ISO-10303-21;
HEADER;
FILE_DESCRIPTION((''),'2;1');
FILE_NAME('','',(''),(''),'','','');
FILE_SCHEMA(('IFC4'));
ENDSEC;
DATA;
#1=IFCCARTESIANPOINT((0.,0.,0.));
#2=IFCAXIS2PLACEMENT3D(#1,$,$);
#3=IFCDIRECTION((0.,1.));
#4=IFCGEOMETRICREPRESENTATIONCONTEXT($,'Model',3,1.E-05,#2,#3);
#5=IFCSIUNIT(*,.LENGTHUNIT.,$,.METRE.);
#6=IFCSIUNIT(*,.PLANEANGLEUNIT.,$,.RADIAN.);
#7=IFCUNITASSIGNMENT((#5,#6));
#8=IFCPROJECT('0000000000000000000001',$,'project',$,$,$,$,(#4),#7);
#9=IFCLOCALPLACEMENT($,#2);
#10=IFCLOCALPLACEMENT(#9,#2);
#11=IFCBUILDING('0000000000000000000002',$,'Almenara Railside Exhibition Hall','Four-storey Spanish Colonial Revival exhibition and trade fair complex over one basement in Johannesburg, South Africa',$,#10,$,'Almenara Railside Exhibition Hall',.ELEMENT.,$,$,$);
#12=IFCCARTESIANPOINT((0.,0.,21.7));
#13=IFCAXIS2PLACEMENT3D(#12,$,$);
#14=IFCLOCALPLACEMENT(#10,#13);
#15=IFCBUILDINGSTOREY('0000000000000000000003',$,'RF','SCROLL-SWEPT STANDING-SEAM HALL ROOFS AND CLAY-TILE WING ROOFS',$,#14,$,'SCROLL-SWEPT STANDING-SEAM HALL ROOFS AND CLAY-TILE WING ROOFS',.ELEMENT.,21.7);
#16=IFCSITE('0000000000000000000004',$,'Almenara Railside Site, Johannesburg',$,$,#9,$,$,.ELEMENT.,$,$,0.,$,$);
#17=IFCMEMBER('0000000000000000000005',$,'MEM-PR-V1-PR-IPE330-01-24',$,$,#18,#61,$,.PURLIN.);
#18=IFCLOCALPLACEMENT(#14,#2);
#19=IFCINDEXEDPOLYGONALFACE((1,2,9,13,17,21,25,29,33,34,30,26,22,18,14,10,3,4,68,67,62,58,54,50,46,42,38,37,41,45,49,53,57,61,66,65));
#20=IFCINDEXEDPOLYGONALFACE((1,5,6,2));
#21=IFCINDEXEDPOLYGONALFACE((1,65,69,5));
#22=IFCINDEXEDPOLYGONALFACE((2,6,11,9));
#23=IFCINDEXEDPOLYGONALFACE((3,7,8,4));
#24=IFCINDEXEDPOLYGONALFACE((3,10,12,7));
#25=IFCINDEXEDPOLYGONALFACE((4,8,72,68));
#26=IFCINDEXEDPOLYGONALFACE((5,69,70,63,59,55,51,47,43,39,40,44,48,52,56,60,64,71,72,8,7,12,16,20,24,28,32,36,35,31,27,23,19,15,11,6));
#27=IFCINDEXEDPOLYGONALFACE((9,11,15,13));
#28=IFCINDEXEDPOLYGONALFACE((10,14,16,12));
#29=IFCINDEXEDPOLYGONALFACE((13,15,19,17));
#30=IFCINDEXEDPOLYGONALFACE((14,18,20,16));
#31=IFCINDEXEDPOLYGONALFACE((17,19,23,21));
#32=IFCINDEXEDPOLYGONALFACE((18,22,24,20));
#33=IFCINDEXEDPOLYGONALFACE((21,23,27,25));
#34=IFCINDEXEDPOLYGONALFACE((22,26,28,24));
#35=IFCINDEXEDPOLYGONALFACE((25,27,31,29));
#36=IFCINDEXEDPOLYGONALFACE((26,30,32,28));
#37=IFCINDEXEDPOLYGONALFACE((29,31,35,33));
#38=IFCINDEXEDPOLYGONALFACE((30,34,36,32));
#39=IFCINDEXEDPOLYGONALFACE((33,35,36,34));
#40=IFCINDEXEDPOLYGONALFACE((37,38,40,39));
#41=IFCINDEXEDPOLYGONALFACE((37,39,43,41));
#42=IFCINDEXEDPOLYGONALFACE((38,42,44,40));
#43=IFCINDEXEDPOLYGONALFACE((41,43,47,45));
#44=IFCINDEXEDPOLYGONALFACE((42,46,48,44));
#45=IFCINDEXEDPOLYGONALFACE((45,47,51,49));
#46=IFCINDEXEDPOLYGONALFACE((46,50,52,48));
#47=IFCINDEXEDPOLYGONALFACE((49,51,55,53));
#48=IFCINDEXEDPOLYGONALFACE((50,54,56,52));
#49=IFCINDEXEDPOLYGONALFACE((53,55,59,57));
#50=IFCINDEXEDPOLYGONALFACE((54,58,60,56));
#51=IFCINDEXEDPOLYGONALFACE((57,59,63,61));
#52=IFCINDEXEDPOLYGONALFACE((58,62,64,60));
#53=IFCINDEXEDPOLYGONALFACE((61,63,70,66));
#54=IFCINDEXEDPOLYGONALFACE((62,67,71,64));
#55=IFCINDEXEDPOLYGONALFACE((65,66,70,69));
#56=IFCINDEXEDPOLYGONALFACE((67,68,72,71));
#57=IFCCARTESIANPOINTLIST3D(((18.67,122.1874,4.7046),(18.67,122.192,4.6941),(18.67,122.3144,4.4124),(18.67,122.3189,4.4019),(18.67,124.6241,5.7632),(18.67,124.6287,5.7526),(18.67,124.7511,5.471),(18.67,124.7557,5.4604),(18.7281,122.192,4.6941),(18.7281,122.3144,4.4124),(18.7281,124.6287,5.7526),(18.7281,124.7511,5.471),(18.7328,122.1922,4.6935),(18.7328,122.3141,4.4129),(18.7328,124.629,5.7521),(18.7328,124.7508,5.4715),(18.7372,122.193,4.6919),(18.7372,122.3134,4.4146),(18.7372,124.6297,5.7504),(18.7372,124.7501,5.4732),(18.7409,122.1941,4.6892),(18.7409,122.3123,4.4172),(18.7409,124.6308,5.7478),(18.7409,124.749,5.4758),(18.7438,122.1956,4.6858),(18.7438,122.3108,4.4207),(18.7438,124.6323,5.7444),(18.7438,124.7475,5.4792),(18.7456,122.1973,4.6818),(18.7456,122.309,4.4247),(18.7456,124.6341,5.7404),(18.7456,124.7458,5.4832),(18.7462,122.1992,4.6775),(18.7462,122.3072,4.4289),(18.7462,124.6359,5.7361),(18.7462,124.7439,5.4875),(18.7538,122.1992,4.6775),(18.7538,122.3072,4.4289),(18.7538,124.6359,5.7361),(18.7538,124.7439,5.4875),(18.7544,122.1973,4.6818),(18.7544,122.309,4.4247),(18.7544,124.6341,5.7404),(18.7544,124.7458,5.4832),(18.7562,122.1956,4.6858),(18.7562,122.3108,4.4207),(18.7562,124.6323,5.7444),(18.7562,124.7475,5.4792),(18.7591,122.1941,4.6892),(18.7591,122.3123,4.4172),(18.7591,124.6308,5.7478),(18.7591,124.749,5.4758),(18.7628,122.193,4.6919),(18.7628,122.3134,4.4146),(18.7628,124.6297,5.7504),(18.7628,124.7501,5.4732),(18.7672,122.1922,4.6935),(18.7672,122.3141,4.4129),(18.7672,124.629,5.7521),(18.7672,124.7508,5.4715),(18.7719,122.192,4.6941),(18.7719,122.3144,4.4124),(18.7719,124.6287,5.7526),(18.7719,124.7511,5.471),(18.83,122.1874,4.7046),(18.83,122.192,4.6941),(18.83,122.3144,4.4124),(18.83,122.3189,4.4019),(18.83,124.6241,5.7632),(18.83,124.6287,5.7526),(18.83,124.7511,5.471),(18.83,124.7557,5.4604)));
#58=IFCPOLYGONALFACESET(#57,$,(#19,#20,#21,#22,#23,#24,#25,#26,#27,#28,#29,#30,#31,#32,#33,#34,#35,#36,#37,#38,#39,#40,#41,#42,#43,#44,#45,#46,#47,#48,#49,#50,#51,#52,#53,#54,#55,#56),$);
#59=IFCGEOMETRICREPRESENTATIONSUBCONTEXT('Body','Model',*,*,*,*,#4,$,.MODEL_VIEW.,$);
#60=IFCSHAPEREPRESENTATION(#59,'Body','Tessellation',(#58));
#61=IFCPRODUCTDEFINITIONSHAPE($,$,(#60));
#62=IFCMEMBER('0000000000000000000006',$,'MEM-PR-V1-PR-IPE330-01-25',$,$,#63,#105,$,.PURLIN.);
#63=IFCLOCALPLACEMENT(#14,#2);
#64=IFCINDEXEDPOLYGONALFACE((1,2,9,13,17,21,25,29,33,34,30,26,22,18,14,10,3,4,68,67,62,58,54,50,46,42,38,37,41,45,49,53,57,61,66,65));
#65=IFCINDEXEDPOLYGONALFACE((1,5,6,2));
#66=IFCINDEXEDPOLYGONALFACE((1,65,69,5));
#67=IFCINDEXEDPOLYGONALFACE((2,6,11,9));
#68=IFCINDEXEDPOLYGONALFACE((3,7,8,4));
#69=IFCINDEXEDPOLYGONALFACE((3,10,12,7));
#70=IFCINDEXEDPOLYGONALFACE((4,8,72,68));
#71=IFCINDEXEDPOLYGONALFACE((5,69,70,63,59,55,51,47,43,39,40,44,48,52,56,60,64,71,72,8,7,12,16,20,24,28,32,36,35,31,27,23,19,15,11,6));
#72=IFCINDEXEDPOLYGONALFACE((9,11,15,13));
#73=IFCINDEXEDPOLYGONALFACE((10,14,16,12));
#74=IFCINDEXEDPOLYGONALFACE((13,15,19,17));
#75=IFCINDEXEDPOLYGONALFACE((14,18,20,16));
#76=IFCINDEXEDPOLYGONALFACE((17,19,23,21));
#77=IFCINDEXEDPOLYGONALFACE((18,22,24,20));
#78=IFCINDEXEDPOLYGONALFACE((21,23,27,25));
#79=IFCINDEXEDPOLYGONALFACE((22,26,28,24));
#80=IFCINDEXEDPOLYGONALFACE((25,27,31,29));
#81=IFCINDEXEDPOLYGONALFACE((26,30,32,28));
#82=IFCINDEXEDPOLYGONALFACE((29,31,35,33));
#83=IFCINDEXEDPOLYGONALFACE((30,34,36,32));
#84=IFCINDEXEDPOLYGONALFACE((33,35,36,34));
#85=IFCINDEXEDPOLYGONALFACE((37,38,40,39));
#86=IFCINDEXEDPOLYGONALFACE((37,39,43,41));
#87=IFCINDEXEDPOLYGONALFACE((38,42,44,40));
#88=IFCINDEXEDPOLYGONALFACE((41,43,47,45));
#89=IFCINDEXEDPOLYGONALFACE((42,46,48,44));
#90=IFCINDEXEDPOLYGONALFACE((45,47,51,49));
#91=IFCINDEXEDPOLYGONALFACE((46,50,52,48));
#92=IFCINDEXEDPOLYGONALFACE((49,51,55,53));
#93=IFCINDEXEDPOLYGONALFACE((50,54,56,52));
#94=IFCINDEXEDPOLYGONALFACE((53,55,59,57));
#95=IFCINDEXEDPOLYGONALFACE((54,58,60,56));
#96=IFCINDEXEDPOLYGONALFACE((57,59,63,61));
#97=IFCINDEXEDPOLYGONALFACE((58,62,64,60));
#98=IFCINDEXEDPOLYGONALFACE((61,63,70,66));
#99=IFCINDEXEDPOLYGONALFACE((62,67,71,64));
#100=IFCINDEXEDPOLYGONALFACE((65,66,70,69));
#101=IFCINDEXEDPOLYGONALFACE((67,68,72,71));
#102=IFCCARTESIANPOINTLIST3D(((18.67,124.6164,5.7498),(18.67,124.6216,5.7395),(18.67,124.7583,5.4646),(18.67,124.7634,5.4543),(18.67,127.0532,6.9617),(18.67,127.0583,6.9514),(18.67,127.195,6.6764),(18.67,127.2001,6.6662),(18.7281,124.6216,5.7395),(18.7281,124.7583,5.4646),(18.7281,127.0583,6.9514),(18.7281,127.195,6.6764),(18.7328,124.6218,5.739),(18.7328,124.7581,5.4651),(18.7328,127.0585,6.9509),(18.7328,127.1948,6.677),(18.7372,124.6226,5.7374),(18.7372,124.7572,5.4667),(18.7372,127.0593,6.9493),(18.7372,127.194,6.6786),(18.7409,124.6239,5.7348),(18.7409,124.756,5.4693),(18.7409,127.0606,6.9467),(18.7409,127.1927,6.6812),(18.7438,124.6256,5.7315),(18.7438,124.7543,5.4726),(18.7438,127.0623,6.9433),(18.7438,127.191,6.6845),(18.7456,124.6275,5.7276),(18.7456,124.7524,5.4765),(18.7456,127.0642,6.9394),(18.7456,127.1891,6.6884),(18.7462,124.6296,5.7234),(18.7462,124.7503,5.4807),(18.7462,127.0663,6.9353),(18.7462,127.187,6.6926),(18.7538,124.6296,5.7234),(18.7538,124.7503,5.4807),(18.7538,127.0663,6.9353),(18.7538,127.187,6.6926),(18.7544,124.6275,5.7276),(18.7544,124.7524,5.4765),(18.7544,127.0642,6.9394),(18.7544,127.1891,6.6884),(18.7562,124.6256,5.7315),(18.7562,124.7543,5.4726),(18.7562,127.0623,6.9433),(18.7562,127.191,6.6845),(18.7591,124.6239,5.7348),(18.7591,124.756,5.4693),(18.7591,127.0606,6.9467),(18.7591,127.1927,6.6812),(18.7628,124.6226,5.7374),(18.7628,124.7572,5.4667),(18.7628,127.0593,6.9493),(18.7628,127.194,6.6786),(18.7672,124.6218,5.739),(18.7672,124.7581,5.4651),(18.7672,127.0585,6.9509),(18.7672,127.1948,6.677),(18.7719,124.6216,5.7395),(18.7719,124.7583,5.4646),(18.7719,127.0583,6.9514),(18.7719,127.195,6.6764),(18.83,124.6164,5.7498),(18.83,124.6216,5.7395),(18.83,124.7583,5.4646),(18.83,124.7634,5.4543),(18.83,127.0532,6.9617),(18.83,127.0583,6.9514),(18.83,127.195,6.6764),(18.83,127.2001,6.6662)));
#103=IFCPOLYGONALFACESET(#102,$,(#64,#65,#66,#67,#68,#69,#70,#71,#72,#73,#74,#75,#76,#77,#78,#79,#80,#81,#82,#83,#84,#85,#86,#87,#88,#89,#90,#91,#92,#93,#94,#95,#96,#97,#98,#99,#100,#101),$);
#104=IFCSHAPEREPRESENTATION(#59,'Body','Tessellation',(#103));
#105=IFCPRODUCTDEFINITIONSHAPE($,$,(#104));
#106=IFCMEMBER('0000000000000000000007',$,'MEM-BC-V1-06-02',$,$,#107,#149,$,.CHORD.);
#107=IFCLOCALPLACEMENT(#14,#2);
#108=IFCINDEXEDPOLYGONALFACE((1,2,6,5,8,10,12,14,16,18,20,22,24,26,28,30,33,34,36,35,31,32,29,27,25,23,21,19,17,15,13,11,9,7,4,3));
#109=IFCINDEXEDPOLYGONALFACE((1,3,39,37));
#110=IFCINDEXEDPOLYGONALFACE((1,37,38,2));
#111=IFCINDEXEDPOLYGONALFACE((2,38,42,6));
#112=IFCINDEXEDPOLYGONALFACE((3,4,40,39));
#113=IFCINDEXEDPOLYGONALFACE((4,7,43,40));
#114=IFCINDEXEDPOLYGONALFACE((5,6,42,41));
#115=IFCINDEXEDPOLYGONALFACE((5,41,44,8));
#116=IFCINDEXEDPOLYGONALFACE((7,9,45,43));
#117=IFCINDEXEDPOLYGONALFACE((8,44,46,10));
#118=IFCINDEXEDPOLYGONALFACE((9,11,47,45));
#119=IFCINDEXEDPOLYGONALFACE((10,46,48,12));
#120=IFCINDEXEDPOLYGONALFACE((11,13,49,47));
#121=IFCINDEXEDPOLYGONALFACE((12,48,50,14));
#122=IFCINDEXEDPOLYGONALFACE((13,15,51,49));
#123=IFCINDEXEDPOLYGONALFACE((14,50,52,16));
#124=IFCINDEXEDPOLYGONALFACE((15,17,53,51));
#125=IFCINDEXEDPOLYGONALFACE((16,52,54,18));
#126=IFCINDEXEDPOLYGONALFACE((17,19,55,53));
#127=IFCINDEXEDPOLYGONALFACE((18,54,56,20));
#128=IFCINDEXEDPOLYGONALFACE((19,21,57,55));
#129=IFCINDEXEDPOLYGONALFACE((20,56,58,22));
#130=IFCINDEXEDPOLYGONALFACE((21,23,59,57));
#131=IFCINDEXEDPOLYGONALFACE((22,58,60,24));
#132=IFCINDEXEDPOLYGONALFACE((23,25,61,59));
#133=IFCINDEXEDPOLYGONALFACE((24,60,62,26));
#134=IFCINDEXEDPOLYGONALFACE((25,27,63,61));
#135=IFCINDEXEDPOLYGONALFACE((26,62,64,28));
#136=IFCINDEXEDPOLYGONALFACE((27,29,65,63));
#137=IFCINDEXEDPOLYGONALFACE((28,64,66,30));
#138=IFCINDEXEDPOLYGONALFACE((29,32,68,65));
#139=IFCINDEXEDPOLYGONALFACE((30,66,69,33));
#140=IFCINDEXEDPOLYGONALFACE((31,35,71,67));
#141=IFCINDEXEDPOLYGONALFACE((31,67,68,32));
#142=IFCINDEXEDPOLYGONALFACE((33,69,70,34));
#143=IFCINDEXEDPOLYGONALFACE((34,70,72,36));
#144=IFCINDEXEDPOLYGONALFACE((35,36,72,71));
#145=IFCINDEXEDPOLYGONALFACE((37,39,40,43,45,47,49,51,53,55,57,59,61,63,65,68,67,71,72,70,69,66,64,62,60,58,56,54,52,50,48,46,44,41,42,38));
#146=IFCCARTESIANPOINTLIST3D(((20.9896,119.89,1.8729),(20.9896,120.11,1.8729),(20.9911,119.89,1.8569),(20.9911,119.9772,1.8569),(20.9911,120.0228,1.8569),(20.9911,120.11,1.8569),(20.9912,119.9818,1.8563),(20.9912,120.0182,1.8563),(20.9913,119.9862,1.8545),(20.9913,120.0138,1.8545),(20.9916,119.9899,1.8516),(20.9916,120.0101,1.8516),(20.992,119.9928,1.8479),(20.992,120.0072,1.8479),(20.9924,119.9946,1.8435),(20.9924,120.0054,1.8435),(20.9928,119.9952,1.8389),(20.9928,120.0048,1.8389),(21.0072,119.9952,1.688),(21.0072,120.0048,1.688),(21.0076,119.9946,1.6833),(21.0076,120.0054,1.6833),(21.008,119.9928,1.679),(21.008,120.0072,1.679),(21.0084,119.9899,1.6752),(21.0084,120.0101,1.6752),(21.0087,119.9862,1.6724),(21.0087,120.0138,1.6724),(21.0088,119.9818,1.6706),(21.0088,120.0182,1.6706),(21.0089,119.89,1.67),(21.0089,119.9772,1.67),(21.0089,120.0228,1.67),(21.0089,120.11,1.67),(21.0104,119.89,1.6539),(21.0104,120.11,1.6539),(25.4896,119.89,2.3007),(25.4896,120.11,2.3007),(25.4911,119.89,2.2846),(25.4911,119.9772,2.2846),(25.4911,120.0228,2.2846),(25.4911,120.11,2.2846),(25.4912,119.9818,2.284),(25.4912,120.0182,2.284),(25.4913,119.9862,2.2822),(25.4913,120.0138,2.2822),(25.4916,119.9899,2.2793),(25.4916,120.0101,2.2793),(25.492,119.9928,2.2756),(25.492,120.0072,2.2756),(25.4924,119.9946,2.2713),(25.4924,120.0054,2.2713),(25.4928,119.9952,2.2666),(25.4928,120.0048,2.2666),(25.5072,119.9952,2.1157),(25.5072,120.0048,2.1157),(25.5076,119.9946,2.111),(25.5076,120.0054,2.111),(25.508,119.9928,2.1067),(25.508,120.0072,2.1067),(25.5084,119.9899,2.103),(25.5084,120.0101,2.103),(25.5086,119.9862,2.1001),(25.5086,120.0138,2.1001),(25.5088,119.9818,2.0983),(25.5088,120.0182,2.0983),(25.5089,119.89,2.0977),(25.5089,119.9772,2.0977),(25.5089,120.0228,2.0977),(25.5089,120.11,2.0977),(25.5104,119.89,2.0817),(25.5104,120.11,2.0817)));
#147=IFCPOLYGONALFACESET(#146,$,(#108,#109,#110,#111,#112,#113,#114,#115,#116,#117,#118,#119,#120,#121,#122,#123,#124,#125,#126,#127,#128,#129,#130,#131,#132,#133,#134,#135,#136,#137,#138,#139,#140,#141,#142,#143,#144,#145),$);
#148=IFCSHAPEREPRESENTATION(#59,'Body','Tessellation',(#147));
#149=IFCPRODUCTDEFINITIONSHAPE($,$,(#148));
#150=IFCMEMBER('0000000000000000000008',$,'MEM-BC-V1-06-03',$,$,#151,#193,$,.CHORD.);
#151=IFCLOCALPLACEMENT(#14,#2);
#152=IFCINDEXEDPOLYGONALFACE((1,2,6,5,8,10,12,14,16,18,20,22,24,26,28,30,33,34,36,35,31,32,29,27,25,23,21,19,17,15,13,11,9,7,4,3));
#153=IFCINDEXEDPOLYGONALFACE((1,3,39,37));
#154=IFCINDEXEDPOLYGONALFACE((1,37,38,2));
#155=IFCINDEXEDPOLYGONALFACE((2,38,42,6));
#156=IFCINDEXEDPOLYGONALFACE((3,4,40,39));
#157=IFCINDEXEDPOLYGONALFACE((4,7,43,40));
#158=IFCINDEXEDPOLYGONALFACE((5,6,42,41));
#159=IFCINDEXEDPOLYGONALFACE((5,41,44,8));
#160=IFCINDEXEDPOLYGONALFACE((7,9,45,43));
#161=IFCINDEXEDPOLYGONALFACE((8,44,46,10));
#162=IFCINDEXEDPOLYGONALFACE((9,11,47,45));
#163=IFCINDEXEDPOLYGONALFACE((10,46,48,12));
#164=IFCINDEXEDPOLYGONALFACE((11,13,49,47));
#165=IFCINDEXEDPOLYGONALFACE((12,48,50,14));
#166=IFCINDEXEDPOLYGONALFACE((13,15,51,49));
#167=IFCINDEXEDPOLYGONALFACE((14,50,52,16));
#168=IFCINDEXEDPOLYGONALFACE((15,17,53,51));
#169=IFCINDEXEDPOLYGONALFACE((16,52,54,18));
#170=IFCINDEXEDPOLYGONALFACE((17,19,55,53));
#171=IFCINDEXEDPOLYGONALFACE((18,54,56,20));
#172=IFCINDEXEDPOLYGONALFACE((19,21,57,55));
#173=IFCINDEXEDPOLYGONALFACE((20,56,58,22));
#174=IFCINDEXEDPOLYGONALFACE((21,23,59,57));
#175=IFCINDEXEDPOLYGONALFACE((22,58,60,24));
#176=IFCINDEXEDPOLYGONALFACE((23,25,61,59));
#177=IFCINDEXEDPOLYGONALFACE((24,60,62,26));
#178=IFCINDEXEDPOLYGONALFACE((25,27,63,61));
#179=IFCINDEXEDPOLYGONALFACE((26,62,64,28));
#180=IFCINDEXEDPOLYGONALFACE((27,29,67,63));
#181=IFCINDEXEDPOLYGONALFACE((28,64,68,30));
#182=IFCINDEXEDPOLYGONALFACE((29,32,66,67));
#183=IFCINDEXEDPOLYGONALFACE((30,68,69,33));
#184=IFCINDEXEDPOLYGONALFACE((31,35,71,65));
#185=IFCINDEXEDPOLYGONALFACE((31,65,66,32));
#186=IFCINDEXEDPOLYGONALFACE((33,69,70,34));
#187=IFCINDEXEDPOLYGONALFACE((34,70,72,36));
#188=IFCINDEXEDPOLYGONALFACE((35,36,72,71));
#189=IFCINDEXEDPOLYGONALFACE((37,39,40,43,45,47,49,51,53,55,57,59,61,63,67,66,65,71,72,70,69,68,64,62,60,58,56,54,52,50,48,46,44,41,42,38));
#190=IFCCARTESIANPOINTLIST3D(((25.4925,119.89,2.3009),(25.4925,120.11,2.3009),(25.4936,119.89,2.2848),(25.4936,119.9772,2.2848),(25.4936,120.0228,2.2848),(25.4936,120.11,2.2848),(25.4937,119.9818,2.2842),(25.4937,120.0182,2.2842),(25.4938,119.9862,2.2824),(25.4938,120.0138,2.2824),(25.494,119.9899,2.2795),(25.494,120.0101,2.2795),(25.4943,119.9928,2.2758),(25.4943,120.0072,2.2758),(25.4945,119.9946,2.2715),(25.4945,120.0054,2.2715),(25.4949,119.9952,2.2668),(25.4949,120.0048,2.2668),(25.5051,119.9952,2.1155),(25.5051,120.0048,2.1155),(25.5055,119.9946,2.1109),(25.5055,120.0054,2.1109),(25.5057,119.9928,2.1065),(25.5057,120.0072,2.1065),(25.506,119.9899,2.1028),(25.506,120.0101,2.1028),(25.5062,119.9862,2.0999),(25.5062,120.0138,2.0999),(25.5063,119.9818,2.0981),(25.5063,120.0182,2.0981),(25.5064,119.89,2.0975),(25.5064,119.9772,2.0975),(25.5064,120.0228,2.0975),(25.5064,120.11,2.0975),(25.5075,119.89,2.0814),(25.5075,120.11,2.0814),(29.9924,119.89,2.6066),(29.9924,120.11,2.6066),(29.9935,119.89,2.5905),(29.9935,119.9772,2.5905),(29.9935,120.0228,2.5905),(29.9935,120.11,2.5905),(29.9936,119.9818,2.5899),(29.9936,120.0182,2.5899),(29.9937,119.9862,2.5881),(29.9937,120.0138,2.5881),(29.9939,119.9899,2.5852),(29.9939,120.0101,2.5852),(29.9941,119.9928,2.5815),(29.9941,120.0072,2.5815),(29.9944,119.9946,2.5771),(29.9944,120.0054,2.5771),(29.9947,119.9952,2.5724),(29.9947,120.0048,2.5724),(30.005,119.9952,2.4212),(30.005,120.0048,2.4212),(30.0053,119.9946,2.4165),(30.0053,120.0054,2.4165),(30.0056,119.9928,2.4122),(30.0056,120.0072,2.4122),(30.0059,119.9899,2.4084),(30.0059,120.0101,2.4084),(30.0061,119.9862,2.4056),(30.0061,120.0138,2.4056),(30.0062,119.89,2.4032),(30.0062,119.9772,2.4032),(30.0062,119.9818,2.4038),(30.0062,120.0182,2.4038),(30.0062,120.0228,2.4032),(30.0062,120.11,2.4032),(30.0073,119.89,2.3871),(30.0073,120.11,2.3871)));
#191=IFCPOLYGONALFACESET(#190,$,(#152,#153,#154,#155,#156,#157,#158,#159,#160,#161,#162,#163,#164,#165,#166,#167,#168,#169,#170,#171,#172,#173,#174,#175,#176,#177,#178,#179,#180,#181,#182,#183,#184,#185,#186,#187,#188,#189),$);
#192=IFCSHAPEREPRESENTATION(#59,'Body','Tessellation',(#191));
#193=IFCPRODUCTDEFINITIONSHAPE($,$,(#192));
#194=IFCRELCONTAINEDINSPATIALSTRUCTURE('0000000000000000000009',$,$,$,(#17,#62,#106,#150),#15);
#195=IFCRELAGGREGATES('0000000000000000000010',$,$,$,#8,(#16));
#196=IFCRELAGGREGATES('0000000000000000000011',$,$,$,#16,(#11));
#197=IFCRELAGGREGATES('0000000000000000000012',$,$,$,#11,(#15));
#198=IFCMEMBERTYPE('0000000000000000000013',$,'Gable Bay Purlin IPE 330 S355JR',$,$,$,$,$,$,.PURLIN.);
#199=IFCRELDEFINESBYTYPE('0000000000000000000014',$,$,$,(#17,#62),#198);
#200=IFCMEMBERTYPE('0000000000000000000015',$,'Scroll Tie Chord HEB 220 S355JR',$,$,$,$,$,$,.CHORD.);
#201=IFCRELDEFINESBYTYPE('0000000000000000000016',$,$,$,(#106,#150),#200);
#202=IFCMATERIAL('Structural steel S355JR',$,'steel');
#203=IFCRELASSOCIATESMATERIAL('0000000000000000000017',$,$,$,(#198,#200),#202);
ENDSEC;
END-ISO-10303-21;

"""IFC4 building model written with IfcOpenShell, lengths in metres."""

from ifc_helpers import new_model, si_unit, direction, frame, origin, origin_2d, place, context, subcontext, project, spatial, i_section, extrude, material, material_profile, profile_set, type_object, element, save


model = new_model("IFC4")

# Units and contexts
model_context = context("Model", 3, precision=1e-05, world=origin(), true_north=direction((0.0, 1.0)))
body_context = subcontext(model_context, "Body", "Model", "MODEL_VIEW")
ifc_project = project(units=[si_unit("LENGTHUNIT", "METRE"), si_unit("PLANEANGLEUNIT", "RADIAN")], contexts=[model_context])

# Site, building, storey
site_placement = place(None, origin())
site = spatial("IfcSite", under=ifc_project, at=site_placement, Name="Almenara Railside Site, Johannesburg", CompositionType="ELEMENT", RefElevation=0.0)
building_placement = place(site_placement, origin())
building = spatial("IfcBuilding", under=site, at=building_placement, Name="Almenara Railside Exhibition Hall", Description="Four-storey Spanish Colonial Revival exhibition and trade fair complex over one basement in Johannesburg, South Africa", LongName="Almenara Railside Exhibition Hall", CompositionType="ELEMENT")
storey_placement = place(building_placement, frame((0.0, 0.0, 21.7)))
storey = spatial("IfcBuildingStorey", under=building, at=storey_placement, Name="RF", Description="SCROLL-SWEPT STANDING-SEAM HALL ROOFS AND CLAY-TILE WING ROOFS", LongName="SCROLL-SWEPT STANDING-SEAM HALL ROOFS AND CLAY-TILE WING ROOFS", CompositionType="ELEMENT", Elevation=21.7)

# Members
ifc_material_1 = material(Name="Structural steel S355JR", Category="steel")
ifc_material_profile_1 = material_profile(ifc_material_1, i_section(OverallWidth=0.1599, OverallDepth=0.3301, WebThickness=0.0076, FlangeThickness=0.0115, FilletRadius=0.0181, at=origin_2d()), Name="IPE 330")
ifc_profile_set_1 = profile_set([ifc_material_profile_1], Name="Structural steel S355JR")
member_type_1 = type_object("IfcMemberType", Name="Gable Bay Purlin IPE 330 S355JR", PredefinedType="PURLIN", material=ifc_profile_set_1)
member_1_placement = place(storey_placement, frame((18.75, 122.2532, 4.5532), z_axis=(0.0, 0.91719, 0.398451), x_axis=(-1.0, 0.0, 0.0)))
element("IfcMember", 1, at=member_1_placement, inside=storey, type_object=member_type_1, Name="MEM-PR-V1-PR-IPE330-01-24", PredefinedType="PURLIN", context=body_context, shape_type="SweptSolid", body=[
    extrude(i_section(OverallWidth=0.1599, OverallDepth=0.3301, WebThickness=0.0076, FlangeThickness=0.0115, FilletRadius=0.0181, at=origin_2d()), origin(), (0.0, 0.0, 1.0), 2.6567),
])
member_2_placement = place(storey_placement, frame((18.75, 124.6899, 5.6021), z_axis=(0.0, 0.895376, 0.445311), x_axis=(-1.0, 0.0, 0.0)))
element("IfcMember", 2, at=member_2_placement, inside=storey, type_object=member_type_1, Name="MEM-PR-V1-PR-IPE330-01-25", PredefinedType="PURLIN", context=body_context, shape_type="SweptSolid", body=[
    extrude(i_section(OverallWidth=0.1599, OverallDepth=0.3301, WebThickness=0.0076, FlangeThickness=0.0115, FilletRadius=0.0181, at=origin_2d()), origin(), (0.0, 0.0, 1.0), 2.7214),
])
ifc_material_profile_2 = material_profile(ifc_material_1, i_section(OverallWidth=0.22, OverallDepth=0.22, WebThickness=0.0095, FlangeThickness=0.0161, FilletRadius=0.0181, at=origin_2d()), Name="HEB 220")
ifc_profile_set_2 = profile_set([ifc_material_profile_2], Name="Structural steel S355JR")
member_type_2 = type_object("IfcMemberType", Name="Scroll Tie Chord HEB 220 S355JR", PredefinedType="CHORD", material=ifc_profile_set_2)
member_3_placement = place(storey_placement, frame((21.0, 120.0, 1.7634), z_axis=(0.995513, 0.0, 0.094626), x_axis=(0.0, 1.0, 0.0)))
element("IfcMember", 3, at=member_3_placement, inside=storey, type_object=member_type_2, Name="MEM-BC-V1-06-02", PredefinedType="CHORD", context=body_context, shape_type="SweptSolid", body=[
    extrude(i_section(OverallWidth=0.22, OverallDepth=0.22, WebThickness=0.0095, FlangeThickness=0.0161, FilletRadius=0.0181, at=origin_2d()), origin(), (0.0, 0.0, 1.0), 4.5203),
])
member_4_placement = place(storey_placement, frame((25.5, 120.0, 2.1912), z_axis=(0.997701, 0.0, 0.067769), x_axis=(0.0, 1.0, 0.0)))
element("IfcMember", 4, at=member_4_placement, inside=storey, type_object=member_type_2, Name="MEM-BC-V1-06-03", PredefinedType="CHORD", context=body_context, shape_type="SweptSolid", body=[
    extrude(i_section(OverallWidth=0.22, OverallDepth=0.22, WebThickness=0.0095, FlangeThickness=0.0161, FilletRadius=0.0181, at=origin_2d()), origin(), (0.0, 0.0, 1.0), 4.5103),
])

save(model, "model.ifc")
